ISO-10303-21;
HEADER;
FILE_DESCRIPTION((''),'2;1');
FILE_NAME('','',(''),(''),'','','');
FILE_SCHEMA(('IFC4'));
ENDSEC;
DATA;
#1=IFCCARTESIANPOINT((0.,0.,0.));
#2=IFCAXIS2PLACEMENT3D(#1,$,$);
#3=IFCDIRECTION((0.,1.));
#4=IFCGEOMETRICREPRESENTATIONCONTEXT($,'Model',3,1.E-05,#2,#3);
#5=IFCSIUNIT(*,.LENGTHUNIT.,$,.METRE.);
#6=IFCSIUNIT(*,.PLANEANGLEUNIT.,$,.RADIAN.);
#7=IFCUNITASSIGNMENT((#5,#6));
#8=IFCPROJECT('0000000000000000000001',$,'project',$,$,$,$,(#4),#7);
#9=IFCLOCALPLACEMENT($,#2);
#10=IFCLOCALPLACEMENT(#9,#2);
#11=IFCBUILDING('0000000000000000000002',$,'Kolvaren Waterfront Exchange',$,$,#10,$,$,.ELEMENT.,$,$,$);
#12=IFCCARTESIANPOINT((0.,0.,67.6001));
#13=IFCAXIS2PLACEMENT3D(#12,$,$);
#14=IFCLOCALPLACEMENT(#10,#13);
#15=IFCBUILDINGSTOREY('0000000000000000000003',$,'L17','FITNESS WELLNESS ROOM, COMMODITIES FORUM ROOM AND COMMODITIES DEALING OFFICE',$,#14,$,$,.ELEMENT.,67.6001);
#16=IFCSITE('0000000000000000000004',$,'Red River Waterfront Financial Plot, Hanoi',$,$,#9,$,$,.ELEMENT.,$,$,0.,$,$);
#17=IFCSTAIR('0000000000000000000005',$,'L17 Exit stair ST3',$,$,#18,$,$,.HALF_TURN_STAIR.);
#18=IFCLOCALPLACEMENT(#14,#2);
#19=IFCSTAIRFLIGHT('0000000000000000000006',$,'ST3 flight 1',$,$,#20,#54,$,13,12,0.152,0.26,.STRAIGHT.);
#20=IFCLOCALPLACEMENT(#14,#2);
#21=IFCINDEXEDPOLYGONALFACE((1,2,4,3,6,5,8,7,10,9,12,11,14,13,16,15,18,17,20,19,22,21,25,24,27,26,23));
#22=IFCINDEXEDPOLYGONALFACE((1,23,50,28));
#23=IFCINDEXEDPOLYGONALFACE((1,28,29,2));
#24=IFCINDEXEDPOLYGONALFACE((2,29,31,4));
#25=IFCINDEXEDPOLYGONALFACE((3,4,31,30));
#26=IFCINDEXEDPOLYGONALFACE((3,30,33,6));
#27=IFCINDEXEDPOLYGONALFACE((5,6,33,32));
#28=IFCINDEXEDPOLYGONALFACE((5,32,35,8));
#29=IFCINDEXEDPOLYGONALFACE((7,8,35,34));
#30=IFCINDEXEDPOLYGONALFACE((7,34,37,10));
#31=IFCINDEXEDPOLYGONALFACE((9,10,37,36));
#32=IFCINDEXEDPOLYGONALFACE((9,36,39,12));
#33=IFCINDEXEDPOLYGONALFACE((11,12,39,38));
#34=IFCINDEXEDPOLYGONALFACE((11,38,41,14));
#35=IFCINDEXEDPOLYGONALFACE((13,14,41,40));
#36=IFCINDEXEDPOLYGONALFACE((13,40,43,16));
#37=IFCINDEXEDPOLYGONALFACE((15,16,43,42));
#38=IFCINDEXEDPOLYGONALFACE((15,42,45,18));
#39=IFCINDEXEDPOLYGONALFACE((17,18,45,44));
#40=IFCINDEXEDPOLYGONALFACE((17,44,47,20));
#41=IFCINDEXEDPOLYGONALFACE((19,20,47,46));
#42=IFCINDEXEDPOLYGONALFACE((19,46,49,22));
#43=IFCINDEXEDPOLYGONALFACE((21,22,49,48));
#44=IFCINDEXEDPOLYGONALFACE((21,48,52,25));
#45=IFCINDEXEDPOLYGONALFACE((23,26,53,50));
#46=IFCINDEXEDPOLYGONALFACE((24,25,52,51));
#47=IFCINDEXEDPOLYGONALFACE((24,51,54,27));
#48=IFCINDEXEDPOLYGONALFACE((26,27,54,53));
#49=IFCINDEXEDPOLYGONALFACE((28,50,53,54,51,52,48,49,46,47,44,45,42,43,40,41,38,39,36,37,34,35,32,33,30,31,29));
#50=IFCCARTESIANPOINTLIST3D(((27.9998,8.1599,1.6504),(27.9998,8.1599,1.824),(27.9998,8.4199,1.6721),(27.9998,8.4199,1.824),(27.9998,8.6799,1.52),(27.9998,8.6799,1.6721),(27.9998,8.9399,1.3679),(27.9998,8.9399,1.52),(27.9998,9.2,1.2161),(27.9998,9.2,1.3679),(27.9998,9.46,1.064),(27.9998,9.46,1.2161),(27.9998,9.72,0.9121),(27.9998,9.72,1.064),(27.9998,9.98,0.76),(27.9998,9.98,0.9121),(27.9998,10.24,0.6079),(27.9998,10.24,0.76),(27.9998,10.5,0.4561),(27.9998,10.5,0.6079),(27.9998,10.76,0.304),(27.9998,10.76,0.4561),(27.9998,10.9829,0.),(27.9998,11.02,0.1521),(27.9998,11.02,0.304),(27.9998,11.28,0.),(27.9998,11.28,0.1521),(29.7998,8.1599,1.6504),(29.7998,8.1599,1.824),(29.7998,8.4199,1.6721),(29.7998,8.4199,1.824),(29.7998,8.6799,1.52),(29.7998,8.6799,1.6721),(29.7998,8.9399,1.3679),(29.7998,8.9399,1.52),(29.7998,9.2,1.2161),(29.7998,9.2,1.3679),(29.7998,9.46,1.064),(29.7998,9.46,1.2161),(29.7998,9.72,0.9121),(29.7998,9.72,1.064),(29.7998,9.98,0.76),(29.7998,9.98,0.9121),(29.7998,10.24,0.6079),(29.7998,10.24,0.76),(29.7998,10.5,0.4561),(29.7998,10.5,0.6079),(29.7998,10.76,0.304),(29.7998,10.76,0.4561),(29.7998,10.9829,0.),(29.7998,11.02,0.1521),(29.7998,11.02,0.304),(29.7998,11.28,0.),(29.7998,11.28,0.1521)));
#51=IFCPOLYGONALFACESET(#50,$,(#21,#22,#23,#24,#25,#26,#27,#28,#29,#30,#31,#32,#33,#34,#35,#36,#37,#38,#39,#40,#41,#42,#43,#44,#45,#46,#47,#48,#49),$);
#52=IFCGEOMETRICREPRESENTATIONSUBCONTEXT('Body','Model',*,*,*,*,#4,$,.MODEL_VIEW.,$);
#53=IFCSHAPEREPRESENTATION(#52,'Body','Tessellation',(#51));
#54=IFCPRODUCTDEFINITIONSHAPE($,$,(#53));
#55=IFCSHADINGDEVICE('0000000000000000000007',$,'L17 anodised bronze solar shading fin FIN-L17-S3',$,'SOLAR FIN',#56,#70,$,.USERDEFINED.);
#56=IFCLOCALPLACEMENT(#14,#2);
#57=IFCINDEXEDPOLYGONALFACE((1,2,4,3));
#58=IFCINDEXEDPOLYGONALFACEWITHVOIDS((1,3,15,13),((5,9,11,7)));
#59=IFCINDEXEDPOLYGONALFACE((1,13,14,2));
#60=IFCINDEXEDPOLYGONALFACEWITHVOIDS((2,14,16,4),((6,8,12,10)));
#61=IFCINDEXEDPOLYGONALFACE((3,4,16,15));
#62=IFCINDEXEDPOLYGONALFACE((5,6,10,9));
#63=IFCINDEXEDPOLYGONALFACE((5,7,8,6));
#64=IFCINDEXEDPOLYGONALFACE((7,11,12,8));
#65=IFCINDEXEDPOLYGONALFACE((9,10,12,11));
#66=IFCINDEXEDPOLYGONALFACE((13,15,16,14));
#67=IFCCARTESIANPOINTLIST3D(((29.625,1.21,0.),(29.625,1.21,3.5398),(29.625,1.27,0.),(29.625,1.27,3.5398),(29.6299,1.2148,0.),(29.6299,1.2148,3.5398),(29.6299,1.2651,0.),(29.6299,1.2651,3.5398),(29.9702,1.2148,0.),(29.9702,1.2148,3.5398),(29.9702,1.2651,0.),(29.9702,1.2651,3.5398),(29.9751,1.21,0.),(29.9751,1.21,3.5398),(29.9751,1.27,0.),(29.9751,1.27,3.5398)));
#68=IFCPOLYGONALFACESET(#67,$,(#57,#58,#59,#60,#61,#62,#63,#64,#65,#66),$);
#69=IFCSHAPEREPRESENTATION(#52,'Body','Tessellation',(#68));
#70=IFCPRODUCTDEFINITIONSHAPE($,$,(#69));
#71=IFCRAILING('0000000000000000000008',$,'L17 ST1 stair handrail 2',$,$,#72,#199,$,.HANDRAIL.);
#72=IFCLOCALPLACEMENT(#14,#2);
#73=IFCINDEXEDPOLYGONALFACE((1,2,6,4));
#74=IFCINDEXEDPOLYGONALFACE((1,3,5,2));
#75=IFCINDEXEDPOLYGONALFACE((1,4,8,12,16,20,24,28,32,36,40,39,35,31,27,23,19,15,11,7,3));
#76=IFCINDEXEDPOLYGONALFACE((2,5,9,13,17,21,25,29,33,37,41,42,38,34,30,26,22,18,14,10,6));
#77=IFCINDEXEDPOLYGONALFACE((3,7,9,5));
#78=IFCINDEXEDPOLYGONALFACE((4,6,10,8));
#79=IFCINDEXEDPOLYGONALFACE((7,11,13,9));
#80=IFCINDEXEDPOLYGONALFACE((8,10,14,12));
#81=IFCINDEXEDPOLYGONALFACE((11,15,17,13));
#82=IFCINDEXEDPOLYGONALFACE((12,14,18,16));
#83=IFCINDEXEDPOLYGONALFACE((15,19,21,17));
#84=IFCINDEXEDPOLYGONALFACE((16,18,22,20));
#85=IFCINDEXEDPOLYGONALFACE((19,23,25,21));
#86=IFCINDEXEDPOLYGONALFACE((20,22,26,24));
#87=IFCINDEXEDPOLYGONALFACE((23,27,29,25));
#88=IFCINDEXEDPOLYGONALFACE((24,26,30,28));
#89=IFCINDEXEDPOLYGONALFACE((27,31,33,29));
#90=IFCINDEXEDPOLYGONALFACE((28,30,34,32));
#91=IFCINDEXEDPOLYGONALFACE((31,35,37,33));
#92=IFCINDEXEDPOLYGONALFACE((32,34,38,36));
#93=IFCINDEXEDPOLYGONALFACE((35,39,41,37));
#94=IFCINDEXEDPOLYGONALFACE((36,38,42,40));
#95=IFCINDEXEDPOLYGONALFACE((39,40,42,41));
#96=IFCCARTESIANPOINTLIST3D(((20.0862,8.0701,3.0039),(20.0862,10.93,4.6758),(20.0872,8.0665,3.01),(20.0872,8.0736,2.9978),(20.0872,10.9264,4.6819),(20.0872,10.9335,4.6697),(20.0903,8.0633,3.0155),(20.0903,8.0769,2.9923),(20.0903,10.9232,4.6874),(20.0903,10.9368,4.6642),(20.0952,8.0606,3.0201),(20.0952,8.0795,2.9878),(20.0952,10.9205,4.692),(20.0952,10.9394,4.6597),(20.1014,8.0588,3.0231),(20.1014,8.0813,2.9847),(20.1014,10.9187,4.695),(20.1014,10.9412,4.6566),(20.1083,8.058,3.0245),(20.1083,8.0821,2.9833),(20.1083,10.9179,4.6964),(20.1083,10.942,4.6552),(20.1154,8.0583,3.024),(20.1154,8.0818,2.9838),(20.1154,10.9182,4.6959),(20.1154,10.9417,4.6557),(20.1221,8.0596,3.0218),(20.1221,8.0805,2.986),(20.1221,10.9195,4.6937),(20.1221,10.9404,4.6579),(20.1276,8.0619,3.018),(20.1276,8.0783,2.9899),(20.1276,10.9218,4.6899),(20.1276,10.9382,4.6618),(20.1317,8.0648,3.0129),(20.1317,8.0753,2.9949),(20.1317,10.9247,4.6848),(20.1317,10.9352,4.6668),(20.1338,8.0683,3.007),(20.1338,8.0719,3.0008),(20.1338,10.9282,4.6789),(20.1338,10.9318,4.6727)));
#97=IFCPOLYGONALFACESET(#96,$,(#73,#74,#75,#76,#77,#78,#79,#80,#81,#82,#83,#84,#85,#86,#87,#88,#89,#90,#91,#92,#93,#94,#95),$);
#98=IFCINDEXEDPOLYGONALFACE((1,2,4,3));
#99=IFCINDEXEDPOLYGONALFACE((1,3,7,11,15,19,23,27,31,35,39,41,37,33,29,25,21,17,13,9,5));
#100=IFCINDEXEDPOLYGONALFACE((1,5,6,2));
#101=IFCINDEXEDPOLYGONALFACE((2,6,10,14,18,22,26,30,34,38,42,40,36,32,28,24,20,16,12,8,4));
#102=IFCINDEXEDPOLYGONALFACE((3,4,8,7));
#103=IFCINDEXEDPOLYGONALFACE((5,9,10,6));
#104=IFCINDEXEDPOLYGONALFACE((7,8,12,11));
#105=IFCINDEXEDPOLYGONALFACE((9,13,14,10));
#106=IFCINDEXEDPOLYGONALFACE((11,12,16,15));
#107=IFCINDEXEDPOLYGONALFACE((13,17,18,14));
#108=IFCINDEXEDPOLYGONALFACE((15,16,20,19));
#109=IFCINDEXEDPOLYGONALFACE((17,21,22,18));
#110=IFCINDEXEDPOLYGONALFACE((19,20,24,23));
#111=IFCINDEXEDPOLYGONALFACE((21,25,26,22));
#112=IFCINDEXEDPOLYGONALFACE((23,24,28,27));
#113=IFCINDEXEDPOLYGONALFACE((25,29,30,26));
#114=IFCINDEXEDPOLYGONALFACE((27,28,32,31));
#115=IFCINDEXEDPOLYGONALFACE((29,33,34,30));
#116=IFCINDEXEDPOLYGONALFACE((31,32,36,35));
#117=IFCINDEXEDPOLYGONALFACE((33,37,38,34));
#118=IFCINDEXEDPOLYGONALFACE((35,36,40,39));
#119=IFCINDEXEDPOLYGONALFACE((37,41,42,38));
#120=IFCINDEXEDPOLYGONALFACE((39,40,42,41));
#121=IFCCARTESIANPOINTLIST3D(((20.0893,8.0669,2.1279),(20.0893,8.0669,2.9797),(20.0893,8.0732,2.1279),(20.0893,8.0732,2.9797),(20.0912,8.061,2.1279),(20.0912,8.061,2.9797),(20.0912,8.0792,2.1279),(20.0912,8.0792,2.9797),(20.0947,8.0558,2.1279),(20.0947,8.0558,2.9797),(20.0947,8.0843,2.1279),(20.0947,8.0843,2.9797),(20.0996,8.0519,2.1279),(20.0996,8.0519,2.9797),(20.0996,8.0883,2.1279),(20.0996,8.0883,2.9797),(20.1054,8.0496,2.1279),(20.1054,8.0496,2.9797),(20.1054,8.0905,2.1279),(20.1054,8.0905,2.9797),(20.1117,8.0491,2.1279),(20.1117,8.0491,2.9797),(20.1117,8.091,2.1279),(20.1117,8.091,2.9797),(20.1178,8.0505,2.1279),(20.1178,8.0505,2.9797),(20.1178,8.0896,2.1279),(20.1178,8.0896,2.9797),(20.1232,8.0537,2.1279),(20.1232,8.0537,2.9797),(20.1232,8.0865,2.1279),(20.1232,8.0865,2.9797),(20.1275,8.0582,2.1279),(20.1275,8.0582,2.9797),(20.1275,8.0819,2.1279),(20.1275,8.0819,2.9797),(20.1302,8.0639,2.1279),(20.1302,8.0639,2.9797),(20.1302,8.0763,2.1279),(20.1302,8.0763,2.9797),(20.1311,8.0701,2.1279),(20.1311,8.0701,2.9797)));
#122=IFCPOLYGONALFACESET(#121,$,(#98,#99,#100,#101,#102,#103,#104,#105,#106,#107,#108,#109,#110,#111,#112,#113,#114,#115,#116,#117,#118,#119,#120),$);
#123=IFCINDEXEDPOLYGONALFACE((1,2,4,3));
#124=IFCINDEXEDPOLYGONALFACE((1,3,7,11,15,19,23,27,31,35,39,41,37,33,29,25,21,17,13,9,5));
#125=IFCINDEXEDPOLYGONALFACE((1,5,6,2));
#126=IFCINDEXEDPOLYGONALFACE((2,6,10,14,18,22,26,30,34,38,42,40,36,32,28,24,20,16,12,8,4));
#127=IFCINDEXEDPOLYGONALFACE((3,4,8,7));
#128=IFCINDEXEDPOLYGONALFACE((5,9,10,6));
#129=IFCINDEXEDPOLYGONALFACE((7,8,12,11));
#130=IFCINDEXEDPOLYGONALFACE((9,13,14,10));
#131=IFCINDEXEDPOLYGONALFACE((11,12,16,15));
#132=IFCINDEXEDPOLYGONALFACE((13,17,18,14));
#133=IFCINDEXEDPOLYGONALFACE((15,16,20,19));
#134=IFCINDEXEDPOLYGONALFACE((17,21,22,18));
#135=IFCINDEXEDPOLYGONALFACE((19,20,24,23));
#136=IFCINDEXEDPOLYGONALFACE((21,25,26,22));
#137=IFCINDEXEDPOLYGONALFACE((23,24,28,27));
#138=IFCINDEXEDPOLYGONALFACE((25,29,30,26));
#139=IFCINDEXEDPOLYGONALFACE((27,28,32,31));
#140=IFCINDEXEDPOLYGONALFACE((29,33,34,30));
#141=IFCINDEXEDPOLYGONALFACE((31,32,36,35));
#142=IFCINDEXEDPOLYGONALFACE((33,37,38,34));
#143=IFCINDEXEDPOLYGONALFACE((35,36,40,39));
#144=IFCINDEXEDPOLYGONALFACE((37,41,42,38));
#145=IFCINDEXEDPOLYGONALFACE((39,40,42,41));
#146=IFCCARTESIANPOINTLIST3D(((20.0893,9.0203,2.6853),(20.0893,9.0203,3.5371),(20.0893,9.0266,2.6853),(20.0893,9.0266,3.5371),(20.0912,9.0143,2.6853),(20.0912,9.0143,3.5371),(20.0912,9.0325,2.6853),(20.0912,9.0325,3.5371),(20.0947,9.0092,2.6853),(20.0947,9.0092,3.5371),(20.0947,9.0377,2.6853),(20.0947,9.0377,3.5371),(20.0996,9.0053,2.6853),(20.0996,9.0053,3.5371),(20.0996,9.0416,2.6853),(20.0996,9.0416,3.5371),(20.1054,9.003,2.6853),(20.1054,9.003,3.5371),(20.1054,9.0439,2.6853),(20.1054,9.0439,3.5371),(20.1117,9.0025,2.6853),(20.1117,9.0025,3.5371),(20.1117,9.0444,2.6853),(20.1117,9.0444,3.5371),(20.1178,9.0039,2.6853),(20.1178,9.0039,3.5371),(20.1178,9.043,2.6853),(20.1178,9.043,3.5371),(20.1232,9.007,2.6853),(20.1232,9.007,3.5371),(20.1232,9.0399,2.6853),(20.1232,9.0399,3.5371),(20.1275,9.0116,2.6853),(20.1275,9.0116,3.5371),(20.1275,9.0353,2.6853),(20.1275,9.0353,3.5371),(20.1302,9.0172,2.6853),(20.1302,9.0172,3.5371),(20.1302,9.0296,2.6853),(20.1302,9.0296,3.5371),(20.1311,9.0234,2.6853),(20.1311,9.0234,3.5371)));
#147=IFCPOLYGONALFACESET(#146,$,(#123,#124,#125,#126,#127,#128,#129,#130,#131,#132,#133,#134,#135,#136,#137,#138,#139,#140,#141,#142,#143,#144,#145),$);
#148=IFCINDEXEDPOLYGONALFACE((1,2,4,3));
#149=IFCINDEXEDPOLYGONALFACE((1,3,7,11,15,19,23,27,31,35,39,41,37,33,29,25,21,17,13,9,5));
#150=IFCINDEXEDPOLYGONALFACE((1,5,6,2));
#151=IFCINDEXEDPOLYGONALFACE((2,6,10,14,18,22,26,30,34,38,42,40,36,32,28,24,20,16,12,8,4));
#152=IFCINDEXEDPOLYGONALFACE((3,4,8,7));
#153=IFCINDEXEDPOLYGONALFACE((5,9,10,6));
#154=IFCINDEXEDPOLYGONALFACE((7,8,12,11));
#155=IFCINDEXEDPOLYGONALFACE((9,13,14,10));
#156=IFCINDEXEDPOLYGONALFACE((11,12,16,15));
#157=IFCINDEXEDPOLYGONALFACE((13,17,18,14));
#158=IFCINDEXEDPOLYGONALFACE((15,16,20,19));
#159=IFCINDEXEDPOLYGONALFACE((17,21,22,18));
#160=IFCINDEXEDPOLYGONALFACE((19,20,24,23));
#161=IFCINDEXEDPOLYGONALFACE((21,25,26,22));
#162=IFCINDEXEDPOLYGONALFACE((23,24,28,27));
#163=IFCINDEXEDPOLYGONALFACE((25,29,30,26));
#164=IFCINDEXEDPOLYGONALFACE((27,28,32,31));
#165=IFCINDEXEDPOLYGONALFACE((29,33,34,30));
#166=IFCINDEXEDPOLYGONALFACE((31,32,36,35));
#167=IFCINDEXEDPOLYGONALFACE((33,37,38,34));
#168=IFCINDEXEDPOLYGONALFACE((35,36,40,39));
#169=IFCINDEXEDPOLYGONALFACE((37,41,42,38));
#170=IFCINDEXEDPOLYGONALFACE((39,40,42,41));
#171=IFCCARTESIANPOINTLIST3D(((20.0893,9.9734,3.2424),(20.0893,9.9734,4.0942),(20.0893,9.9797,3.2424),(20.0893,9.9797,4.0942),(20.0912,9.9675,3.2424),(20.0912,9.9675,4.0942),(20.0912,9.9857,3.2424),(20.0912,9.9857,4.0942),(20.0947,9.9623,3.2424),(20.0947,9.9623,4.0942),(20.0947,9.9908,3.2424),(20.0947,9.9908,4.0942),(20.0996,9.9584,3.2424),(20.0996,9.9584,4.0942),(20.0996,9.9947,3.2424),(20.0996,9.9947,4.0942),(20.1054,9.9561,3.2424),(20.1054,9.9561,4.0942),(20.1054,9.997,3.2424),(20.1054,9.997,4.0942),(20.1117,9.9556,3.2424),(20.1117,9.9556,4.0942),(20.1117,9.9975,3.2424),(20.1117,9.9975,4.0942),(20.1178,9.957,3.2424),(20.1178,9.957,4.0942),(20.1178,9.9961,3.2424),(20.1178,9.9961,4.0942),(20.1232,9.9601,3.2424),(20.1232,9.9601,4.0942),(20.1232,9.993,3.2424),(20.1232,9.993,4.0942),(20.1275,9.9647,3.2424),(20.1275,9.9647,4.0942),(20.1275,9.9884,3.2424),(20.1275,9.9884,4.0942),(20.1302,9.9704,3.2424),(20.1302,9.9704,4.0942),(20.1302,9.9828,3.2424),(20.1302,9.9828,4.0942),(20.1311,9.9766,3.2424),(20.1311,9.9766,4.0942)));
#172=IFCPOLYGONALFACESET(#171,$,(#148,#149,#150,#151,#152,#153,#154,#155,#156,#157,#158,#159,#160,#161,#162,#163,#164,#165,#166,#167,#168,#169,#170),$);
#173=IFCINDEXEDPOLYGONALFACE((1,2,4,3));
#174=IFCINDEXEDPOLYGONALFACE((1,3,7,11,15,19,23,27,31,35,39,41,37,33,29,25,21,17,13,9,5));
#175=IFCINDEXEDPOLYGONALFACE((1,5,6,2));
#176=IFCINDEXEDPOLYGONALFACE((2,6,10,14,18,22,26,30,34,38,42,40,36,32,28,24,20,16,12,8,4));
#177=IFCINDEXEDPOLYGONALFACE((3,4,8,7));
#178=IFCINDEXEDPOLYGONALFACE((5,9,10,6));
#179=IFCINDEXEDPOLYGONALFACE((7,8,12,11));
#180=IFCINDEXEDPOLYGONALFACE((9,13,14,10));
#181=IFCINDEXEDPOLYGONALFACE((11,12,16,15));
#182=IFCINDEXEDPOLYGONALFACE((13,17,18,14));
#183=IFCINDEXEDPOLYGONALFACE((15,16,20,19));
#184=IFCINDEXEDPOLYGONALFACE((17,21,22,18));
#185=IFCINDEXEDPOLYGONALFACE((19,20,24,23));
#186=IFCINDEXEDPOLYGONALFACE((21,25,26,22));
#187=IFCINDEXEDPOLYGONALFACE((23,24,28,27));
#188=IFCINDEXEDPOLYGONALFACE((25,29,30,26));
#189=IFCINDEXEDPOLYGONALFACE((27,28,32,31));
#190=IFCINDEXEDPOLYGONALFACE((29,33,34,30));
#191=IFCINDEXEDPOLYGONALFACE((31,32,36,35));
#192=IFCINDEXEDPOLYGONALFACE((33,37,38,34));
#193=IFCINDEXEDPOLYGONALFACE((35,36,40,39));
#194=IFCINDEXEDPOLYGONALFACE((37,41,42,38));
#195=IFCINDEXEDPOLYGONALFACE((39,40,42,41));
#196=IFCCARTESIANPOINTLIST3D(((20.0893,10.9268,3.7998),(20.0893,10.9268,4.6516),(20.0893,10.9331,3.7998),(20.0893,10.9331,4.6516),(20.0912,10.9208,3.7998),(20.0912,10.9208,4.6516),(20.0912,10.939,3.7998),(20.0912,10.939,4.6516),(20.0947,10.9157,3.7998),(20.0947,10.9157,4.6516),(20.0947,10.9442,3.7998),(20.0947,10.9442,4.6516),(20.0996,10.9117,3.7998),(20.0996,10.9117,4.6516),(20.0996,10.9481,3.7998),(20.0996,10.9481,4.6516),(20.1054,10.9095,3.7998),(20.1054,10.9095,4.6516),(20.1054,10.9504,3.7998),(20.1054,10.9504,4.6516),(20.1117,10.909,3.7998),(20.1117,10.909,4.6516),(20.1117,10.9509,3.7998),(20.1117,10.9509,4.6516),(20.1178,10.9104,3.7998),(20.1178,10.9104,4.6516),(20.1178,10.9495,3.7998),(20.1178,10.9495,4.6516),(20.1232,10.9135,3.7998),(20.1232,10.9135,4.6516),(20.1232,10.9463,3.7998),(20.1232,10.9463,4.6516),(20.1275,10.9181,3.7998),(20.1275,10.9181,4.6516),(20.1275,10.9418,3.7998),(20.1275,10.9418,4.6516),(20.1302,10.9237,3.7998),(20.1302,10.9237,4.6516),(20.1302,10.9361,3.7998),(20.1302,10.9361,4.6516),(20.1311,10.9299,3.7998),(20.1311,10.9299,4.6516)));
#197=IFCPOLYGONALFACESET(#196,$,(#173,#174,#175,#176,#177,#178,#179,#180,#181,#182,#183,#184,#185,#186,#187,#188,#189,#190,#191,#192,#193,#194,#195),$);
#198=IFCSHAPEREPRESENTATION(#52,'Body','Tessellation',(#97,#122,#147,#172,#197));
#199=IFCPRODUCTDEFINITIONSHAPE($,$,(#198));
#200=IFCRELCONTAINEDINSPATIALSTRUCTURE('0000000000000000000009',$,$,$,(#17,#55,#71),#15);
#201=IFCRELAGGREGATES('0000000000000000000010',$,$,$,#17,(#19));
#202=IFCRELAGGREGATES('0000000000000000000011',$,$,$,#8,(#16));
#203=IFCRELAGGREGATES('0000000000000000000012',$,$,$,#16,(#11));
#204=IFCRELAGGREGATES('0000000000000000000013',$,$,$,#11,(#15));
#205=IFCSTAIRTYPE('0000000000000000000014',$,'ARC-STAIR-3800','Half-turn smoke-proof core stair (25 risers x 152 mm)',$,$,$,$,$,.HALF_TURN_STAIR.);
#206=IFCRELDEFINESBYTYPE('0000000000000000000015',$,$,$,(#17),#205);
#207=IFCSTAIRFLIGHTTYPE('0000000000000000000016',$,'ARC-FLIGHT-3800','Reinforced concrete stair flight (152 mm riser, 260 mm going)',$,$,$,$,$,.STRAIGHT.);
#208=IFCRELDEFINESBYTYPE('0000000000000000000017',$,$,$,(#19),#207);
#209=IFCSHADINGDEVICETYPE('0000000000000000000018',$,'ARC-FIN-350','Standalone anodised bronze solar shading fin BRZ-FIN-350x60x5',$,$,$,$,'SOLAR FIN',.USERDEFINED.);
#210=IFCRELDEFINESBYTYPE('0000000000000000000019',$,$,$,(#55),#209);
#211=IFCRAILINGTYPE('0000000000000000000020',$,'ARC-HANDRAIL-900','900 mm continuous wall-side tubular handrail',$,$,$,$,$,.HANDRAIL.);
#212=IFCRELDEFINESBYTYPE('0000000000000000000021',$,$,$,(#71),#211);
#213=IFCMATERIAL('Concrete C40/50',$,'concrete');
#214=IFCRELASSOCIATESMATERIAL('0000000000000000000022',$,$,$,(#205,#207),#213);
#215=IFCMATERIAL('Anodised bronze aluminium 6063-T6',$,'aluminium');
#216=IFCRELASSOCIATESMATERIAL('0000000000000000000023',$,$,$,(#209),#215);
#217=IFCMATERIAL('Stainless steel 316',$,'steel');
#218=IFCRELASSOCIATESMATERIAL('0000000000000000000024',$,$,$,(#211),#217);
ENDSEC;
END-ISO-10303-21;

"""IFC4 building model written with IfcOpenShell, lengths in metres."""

from ifc_helpers import new_model, si_unit, direction, frame, origin, origin_2d, place, context, subcontext, project, spatial, polyline, hollow_rectangle, circle, outline, extrude, material, material_profile, profile_set, type_object, element, aggregate, save


model = new_model("IFC4")

# Units and contexts
model_context = context("Model", 3, precision=1e-05, world=origin(), true_north=direction((0.0, 1.0)))
body_context = subcontext(model_context, "Body", "Model", "MODEL_VIEW")
ifc_project = project(units=[si_unit("LENGTHUNIT", "METRE"), si_unit("PLANEANGLEUNIT", "RADIAN")], contexts=[model_context])

# Site, building, storey
site_placement = place(None, origin())
site = spatial("IfcSite", under=ifc_project, at=site_placement, Name="Red River Waterfront Financial Plot, Hanoi", CompositionType="ELEMENT", RefElevation=0.0)
building_placement = place(site_placement, origin())
building = spatial("IfcBuilding", under=site, at=building_placement, Name="Kolvaren Waterfront Exchange", CompositionType="ELEMENT")
storey_placement = place(building_placement, frame((0.0, 0.0, 67.6001)))
storey = spatial("IfcBuildingStorey", under=building, at=storey_placement, Name="L17", Description="FITNESS WELLNESS ROOM, COMMODITIES FORUM ROOM AND COMMODITIES DEALING OFFICE", CompositionType="ELEMENT", Elevation=67.6001)

# Shared definitions
ifc_material_1 = material(Name="Anodised bronze aluminium 6063-T6", Category="aluminium")

# Shared definitions
ifc_material_2 = material(Name="Concrete C40/50", Category="concrete")

# Stair, stair flight
stair_type = type_object("IfcStairType", Name="ARC-STAIR-3800", Description="Half-turn smoke-proof core stair (25 risers x 152 mm)", PredefinedType="HALF_TURN_STAIR", material=ifc_material_2)
stair_flight_type = type_object("IfcStairFlightType", Name="ARC-FLIGHT-3800", Description="Reinforced concrete stair flight (152 mm riser, 260 mm going)", PredefinedType="STRAIGHT", material=ifc_material_2)
stair_1_placement = place(storey_placement, origin())
stair_1 = element("IfcStair", 1, at=stair_1_placement, inside=storey, type_object=stair_type, Name="L17 Exit stair ST3", PredefinedType="HALF_TURN_STAIR")
stair_flight_1_placement = place(storey_placement, frame((28.8999, 11.28, 0.0), z_axis=(0.0, 0.0, 1.0), x_axis=(0.0, -1.0, 0.0)))
stair_flight_1 = element("IfcStairFlight", 2, at=stair_flight_1_placement, type_object=stair_flight_type, Name="ST3 flight 1", NumberOfRisers=13, NumberOfTreads=12, PredefinedType="STRAIGHT", RiserHeight=0.152, TreadLength=0.26, context=body_context, shape_type="SweptSolid", body=[
    extrude(outline(polyline([(0.0, 0.0), (0.0, 0.1521), (0.26, 0.1521), (0.26, 0.304), (0.52, 0.304), (0.52, 0.4561), (0.78, 0.4561), (0.78, 0.6079), (1.04, 0.6079), (1.04, 0.76), (1.3, 0.76), (1.3, 0.9121), (1.5601, 0.9121), (1.5601, 1.064), (1.8201, 1.064), (1.8201, 1.2161), (2.0801, 1.2161), (2.0801, 1.3679), (2.3401, 1.3679), (2.3401, 1.52), (2.6001, 1.52), (2.6001, 1.6721), (2.8601, 1.6721), (2.8601, 1.824), (3.1201, 1.824), (3.1201, 1.9761), (3.1201, 1.6504), (0.2971, 0.0), (0.0, 0.0)])), frame((0.0, 0.8999, 0.0), z_axis=(0.0, -1.0, 0.0), x_axis=(1.0, 0.0, 0.0)), (0.0, 0.0, 1.0), 1.8),
])
aggregate(stair_1, [stair_flight_1])

# Shading device
ifc_material_profile_1 = material_profile(ifc_material_1, hollow_rectangle(XDim=0.0601, YDim=0.3501, WallThickness=0.0049, at=origin_2d()), Name="BRZ-FIN-350x60x5")
ifc_profile_set_1 = profile_set([ifc_material_profile_1], Name="Anodised bronze aluminium 6063-T6")
shading_device_type = type_object("IfcShadingDeviceType", Name="ARC-FIN-350", Description="Standalone anodised bronze solar shading fin BRZ-FIN-350x60x5", ElementType="SOLAR FIN", PredefinedType="USERDEFINED", material=ifc_profile_set_1)
shading_device_placement = place(storey_placement, frame((29.8, 1.24, 0.0), z_axis=(0.0, 0.0, 1.0), x_axis=(0.0, -1.0, 0.0)))
element("IfcShadingDevice", 3, at=shading_device_placement, inside=storey, type_object=shading_device_type, Name="L17 anodised bronze solar shading fin FIN-L17-S3", ObjectType="SOLAR FIN", PredefinedType="USERDEFINED", context=body_context, shape_type="SweptSolid", body=[
    extrude(hollow_rectangle(XDim=0.0601, YDim=0.3501, WallThickness=0.0049, at=origin_2d()), origin(), (0.0, 0.0, 1.0), 3.5398),
])

# Railing
ifc_material_3 = material(Name="Stainless steel 316", Category="steel")
railing_type_1 = type_object("IfcRailingType", Name="ARC-HANDRAIL-900", Description="900 mm continuous wall-side tubular handrail", PredefinedType="HANDRAIL", material=ifc_material_3)
railing_1_placement = place(storey_placement, frame((20.1101, 8.0701, 2.1279)))
element("IfcRailing", 4, at=railing_1_placement, inside=storey, type_object=railing_type_1, Name="L17 ST1 stair handrail 2", PredefinedType="HANDRAIL", context=body_context, shape_type="SweptSolid", body=[
    extrude(circle(Radius=0.0239, at=origin_2d()), frame((0.0, 0.0, 0.876), z_axis=(0.0, 0.863303, 0.504686), x_axis=(-1.0, 0.0, 0.0)), (0.0, 0.0, 1.0), 3.3127),
    extrude(circle(Radius=0.021, at=origin_2d()), origin(), (0.0, 0.0, 1.0), 0.8518),
    extrude(circle(Radius=0.021, at=origin_2d()), frame((0.0, 0.9534, 0.5574)), (0.0, 0.0, 1.0), 0.8518),
    extrude(circle(Radius=0.021, at=origin_2d()), frame((0.0, 1.9065, 1.1145)), (0.0, 0.0, 1.0), 0.8518),
    extrude(circle(Radius=0.021, at=origin_2d()), frame((0.0, 2.8599, 1.6719)), (0.0, 0.0, 1.0), 0.8518),
])

save(model, "model.ifc")
